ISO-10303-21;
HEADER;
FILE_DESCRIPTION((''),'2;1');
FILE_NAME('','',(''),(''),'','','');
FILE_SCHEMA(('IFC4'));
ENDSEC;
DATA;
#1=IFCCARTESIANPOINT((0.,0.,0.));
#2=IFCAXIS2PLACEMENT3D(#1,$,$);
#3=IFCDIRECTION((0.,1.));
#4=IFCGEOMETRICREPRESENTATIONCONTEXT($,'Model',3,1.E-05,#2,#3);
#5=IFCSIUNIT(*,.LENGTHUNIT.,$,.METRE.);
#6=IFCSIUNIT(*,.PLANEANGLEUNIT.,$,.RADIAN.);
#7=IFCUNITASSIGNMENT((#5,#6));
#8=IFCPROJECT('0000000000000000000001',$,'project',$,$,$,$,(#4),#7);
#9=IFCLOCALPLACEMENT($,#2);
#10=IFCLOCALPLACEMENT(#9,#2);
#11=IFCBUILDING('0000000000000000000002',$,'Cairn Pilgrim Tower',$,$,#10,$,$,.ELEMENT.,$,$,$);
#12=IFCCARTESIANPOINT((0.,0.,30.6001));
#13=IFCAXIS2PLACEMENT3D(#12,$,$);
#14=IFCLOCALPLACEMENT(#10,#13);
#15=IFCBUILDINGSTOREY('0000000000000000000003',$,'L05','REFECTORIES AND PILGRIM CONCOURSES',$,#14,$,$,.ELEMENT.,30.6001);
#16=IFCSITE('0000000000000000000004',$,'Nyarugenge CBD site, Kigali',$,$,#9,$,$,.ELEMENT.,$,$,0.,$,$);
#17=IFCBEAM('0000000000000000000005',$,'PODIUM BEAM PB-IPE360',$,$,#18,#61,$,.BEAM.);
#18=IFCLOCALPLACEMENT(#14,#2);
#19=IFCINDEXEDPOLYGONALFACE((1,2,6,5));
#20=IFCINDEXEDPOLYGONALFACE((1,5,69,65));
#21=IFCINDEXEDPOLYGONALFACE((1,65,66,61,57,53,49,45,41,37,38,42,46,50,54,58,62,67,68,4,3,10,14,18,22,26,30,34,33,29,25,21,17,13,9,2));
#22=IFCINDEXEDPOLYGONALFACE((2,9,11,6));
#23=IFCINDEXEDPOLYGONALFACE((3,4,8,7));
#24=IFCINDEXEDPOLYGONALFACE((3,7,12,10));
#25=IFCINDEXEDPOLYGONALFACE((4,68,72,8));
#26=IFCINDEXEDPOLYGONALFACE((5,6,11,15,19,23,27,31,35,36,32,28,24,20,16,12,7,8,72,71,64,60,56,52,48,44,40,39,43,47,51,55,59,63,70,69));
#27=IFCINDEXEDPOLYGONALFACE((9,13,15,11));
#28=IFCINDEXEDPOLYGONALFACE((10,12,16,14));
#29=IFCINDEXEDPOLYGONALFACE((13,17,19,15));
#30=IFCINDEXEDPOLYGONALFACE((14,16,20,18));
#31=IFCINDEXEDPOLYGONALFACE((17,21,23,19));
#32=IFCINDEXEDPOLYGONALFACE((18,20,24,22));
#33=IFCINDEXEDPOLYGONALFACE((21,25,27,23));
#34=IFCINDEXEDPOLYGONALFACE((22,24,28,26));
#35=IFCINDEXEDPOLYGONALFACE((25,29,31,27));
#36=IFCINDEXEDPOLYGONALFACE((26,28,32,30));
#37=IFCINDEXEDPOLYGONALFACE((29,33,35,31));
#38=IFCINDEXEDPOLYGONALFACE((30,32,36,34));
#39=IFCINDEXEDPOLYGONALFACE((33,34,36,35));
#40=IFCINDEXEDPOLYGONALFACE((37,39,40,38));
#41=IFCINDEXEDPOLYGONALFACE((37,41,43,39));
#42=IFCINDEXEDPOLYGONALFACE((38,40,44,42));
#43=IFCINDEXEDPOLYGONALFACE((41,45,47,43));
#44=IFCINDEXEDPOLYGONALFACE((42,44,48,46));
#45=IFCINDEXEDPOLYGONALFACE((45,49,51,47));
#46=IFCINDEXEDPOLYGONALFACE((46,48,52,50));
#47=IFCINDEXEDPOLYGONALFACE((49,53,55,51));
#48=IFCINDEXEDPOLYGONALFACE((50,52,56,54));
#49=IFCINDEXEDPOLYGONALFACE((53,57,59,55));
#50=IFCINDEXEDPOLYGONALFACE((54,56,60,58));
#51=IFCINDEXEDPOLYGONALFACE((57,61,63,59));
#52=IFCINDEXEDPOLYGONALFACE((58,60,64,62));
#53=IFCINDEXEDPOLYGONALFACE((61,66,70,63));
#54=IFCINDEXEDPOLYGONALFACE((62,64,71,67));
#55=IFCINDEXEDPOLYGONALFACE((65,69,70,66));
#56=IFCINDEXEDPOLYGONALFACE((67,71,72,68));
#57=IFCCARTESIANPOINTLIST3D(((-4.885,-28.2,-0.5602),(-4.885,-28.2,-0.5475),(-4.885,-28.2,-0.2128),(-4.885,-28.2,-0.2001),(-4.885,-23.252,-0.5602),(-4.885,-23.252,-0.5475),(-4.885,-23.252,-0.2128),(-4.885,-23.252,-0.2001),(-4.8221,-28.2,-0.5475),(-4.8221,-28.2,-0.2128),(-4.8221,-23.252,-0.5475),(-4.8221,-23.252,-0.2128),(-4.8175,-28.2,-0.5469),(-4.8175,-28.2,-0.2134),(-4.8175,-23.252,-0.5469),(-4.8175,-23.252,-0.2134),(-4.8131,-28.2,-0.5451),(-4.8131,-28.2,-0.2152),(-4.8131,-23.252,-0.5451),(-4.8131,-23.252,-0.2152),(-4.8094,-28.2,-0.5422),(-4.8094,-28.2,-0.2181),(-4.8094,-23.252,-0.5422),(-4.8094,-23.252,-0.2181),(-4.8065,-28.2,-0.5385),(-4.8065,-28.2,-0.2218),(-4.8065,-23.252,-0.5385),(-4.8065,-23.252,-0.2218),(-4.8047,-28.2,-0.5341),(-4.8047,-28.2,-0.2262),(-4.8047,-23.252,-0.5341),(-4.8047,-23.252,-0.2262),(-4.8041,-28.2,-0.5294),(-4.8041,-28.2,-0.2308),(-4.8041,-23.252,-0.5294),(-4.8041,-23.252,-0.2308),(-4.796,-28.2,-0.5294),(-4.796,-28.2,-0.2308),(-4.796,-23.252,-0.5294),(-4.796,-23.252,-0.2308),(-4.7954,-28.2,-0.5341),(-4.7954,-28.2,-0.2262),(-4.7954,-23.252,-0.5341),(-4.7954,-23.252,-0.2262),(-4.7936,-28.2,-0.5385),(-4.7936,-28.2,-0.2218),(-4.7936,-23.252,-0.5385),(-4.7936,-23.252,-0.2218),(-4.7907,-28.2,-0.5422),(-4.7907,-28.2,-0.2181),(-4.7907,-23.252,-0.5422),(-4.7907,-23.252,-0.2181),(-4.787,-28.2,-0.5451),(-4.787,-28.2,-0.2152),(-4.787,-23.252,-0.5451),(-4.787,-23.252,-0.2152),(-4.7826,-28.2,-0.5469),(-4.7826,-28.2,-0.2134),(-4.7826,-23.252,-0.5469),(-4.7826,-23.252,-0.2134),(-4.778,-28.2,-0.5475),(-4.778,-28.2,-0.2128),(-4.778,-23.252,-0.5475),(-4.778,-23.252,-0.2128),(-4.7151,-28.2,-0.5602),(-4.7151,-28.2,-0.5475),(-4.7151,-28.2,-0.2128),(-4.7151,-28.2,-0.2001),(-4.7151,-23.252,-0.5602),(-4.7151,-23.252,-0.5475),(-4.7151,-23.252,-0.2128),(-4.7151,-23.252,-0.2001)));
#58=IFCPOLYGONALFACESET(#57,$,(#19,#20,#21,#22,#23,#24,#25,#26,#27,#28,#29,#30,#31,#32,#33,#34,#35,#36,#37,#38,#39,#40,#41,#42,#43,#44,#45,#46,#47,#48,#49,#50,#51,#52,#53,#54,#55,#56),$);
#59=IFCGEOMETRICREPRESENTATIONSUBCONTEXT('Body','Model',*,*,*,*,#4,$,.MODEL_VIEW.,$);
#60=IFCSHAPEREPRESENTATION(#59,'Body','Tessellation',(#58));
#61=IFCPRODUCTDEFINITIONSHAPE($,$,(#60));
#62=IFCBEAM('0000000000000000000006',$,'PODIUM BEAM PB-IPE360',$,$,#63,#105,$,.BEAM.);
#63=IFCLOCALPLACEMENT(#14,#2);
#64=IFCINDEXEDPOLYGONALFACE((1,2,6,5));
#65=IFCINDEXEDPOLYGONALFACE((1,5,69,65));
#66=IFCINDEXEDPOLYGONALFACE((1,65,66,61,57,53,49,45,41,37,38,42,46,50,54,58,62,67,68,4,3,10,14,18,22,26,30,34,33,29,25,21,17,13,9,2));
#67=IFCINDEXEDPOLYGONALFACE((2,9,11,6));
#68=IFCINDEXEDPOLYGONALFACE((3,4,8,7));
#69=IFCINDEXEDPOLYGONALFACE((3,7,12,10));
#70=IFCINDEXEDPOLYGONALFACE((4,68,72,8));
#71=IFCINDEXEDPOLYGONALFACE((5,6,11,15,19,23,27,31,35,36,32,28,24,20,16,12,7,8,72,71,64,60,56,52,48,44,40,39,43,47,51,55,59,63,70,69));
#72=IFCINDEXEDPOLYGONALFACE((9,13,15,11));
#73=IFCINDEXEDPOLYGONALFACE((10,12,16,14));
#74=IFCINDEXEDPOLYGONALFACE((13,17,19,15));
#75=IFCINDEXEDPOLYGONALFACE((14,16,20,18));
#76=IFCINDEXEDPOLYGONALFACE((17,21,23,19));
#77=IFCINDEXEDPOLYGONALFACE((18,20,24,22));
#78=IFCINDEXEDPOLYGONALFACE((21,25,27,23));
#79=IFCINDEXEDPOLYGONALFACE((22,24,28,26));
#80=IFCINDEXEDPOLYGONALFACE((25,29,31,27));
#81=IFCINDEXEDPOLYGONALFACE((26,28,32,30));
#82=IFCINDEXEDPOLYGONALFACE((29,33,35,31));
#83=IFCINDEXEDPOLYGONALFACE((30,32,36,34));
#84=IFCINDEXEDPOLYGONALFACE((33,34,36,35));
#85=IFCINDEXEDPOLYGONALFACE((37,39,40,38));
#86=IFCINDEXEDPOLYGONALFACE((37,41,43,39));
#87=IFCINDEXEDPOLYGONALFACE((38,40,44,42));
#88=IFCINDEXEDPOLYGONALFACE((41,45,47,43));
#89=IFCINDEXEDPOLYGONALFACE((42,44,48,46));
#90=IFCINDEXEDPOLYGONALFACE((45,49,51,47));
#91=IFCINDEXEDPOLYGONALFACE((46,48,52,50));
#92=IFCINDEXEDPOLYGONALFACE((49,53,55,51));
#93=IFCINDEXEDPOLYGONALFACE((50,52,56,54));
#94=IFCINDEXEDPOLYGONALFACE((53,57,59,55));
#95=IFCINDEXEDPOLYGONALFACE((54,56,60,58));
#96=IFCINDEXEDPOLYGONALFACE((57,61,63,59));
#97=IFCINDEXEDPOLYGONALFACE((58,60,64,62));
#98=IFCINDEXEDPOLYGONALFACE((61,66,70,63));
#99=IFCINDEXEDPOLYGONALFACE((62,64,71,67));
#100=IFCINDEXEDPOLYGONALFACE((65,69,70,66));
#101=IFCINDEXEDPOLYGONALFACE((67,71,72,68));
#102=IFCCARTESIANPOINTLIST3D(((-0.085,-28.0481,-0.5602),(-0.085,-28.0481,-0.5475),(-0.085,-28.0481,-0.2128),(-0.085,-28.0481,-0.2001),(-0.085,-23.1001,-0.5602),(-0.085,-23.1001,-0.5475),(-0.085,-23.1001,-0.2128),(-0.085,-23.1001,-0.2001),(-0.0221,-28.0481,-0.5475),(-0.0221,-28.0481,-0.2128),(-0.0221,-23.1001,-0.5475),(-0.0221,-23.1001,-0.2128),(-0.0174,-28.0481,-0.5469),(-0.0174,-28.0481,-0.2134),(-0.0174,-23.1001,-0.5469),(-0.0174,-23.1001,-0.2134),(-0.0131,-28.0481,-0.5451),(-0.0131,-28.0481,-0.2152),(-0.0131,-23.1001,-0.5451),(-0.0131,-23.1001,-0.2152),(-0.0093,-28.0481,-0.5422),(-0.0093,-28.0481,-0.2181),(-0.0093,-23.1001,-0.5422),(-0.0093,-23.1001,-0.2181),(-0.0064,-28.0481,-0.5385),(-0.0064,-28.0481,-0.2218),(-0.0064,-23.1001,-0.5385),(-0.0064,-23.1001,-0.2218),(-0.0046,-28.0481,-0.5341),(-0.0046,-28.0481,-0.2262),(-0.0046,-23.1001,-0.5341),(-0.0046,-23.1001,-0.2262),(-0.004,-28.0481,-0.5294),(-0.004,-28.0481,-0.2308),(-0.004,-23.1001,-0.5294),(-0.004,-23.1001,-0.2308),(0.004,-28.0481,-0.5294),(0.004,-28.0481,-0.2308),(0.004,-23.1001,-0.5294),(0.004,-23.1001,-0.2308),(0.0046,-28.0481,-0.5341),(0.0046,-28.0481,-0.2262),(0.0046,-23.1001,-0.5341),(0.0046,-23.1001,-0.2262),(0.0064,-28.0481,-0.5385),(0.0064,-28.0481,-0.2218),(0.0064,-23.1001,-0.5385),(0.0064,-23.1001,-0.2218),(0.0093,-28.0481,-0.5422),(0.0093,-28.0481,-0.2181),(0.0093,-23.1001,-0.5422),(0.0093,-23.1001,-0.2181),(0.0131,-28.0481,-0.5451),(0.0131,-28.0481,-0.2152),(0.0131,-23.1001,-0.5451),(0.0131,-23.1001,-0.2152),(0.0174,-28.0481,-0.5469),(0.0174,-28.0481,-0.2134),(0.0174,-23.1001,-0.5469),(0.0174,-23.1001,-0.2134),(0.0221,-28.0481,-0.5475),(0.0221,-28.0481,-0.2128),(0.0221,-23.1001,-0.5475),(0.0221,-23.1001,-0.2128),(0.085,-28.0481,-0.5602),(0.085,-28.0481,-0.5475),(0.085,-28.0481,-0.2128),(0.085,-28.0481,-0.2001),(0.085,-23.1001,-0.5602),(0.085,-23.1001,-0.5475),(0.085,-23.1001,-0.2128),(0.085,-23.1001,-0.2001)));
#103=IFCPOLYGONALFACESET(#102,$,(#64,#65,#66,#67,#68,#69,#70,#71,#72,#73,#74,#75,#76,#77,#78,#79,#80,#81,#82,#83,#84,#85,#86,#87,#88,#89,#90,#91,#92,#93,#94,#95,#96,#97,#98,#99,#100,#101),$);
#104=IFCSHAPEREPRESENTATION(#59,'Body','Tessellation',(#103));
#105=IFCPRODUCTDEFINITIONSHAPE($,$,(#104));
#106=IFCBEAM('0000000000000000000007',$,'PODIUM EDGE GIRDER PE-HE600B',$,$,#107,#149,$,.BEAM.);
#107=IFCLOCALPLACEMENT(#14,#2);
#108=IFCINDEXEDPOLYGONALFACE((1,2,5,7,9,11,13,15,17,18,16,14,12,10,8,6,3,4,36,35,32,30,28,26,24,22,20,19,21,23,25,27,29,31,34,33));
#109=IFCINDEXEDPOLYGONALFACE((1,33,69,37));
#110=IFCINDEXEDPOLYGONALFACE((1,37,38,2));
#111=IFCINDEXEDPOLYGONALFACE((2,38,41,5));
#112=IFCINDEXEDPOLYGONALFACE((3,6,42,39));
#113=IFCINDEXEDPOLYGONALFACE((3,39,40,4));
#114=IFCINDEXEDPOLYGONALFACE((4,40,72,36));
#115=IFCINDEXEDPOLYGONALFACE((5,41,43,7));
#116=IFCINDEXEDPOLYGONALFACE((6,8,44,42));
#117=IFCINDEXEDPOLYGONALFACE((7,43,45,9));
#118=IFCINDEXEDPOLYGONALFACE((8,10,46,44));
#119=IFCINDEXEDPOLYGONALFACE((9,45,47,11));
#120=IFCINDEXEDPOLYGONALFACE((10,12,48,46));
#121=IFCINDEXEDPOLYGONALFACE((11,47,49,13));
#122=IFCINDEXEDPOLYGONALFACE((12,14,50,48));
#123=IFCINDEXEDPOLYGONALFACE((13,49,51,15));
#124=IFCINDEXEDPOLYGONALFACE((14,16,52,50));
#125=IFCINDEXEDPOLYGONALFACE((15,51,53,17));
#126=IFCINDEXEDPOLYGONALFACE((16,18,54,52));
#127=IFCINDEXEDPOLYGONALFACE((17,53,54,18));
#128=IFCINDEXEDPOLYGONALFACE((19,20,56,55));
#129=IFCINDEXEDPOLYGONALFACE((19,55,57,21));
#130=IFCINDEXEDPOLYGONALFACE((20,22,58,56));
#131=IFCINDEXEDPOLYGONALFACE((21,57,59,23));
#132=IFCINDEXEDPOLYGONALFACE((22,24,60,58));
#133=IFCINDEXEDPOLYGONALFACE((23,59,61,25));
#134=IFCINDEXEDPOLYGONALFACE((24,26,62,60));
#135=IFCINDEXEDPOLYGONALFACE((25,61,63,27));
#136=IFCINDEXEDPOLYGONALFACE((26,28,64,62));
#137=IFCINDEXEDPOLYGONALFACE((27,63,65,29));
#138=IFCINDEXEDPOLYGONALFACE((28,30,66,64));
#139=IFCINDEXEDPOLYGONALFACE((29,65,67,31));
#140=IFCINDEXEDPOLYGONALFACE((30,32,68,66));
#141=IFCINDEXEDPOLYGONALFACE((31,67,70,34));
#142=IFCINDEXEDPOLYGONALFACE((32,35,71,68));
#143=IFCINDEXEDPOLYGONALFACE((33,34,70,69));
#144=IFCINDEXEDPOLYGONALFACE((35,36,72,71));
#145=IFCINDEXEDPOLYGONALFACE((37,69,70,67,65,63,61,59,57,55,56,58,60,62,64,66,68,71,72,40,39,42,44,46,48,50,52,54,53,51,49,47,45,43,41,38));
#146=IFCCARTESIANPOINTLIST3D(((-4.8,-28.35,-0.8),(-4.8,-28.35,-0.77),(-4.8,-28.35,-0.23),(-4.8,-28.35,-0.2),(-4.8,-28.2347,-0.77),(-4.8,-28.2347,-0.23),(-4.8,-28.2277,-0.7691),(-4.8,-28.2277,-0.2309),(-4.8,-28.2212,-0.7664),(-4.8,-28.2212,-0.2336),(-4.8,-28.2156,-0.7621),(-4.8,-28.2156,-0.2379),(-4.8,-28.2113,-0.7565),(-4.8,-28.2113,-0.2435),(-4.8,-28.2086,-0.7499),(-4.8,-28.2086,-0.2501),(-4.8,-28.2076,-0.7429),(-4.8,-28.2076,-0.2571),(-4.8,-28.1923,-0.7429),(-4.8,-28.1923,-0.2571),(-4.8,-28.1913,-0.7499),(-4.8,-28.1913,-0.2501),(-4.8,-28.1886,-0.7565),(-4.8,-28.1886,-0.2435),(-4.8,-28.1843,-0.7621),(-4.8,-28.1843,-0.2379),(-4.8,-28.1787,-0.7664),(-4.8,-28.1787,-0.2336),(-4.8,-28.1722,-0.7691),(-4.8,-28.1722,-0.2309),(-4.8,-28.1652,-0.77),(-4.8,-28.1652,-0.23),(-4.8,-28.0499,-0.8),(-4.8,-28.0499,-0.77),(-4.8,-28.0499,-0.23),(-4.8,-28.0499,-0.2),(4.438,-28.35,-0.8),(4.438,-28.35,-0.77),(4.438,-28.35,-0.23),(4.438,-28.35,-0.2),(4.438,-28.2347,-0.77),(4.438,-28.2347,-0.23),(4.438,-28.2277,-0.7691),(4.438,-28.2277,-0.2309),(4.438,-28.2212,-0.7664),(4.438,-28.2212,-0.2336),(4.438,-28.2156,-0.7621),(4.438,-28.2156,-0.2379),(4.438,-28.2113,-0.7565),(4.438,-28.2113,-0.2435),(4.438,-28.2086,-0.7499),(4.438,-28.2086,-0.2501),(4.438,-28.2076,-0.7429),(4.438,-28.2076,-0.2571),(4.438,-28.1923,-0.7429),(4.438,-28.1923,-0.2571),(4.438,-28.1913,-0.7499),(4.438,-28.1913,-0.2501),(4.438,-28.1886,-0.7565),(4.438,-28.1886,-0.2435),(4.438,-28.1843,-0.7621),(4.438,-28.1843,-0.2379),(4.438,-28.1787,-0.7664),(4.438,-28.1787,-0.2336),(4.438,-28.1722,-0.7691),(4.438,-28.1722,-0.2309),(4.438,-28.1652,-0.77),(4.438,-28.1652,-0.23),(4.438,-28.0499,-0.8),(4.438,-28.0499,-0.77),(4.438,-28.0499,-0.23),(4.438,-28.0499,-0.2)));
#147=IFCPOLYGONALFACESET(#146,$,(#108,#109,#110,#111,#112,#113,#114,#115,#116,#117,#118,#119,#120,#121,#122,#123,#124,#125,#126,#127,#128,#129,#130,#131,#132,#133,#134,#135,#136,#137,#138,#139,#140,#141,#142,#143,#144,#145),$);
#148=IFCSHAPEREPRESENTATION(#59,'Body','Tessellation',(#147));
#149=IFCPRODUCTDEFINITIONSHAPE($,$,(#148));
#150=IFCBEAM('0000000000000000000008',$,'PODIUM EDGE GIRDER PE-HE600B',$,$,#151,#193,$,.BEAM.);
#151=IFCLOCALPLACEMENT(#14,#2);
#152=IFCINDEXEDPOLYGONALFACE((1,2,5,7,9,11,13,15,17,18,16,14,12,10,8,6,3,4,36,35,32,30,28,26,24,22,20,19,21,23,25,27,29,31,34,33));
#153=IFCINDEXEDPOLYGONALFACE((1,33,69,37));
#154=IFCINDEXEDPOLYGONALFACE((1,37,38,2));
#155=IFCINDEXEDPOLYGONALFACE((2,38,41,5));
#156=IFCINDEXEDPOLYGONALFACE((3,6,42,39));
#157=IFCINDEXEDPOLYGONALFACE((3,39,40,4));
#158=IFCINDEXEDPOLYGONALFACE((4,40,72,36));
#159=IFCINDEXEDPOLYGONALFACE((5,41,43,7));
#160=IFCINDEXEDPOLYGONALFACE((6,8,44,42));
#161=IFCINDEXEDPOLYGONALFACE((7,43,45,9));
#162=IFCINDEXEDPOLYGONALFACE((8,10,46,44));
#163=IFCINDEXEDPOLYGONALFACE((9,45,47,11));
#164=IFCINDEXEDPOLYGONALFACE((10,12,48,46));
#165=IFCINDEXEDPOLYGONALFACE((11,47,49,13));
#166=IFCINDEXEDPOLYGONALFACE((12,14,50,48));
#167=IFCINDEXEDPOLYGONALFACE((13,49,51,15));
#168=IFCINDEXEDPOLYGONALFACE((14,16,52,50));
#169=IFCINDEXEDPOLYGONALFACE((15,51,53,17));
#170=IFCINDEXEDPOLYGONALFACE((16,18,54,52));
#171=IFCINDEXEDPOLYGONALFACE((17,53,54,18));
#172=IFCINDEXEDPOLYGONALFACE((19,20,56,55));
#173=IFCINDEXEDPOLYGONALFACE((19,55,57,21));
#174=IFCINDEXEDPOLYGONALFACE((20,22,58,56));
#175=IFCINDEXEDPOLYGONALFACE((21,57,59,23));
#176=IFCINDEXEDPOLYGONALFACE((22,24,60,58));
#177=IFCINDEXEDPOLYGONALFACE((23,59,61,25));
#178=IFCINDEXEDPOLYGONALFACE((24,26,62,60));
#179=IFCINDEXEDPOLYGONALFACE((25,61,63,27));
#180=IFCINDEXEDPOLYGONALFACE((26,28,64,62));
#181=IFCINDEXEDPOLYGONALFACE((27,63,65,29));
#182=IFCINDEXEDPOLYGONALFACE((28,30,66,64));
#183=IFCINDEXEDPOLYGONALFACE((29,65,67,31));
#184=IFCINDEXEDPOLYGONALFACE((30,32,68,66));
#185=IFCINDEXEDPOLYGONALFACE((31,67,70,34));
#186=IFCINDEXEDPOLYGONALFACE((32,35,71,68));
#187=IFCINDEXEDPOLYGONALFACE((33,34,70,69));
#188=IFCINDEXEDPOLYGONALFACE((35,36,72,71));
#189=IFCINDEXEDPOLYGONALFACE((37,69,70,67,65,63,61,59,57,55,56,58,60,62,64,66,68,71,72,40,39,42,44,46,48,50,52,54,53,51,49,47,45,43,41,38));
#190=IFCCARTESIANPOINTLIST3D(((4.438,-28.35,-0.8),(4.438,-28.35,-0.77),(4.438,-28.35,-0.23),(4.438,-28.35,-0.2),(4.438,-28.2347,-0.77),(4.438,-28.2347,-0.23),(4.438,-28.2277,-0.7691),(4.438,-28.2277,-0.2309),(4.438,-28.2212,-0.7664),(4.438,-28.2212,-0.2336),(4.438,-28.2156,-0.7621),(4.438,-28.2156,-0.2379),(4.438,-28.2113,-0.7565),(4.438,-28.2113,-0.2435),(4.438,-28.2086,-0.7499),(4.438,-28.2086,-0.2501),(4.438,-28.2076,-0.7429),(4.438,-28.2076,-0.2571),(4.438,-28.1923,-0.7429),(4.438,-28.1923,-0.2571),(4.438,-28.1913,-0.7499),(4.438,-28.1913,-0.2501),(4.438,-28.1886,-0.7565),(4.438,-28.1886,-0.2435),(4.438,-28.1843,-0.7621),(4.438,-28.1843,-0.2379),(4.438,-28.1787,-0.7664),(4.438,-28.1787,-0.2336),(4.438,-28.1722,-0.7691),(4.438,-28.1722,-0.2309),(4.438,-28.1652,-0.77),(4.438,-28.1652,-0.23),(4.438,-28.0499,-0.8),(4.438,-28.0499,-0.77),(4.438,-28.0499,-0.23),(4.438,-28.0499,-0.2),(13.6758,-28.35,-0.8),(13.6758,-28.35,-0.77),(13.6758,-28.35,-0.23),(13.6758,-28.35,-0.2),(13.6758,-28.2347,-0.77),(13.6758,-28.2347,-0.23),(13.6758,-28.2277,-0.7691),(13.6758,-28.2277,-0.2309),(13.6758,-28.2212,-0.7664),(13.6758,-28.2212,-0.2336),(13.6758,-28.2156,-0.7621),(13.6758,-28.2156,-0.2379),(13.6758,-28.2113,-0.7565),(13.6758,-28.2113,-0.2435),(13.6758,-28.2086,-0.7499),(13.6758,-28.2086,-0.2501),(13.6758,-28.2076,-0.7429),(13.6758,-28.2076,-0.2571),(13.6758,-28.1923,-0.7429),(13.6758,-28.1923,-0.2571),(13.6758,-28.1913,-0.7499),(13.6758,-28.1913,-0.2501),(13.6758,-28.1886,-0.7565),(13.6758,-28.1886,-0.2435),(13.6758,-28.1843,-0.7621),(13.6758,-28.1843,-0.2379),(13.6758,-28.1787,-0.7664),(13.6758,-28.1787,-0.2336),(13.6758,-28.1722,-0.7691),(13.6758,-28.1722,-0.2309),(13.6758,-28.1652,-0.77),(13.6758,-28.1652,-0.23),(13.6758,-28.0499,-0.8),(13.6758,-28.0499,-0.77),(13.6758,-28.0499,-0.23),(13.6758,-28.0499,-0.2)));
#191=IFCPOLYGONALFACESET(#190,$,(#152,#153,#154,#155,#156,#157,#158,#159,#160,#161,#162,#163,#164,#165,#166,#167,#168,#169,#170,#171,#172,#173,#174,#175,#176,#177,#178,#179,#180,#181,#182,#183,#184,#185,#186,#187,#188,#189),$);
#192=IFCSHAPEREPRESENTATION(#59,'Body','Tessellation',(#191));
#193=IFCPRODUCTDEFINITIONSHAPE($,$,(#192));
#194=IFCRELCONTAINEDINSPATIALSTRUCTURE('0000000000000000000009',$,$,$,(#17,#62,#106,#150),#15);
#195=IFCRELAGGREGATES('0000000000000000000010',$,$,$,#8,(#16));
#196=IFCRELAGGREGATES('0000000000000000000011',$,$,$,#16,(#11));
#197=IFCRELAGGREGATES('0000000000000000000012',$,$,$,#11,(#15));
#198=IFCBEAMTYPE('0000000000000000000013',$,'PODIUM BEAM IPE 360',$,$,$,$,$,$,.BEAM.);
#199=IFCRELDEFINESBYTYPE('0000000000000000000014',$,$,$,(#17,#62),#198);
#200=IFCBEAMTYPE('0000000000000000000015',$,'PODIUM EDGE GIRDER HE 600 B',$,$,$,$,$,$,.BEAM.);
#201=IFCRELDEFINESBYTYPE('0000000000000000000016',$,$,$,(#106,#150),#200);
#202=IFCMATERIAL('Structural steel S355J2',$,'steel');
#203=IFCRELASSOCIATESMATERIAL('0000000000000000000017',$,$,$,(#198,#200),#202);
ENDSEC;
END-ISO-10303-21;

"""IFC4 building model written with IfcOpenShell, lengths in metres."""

from ifc_helpers import new_model, si_unit, direction, frame, origin, origin_2d, place, context, subcontext, project, spatial, i_section, extrude, material, material_profile, profile_set, type_object, element, save


model = new_model("IFC4")

# Units and contexts
model_context = context("Model", 3, precision=1e-05, world=origin(), true_north=direction((0.0, 1.0)))
body_context = subcontext(model_context, "Body", "Model", "MODEL_VIEW")
ifc_project = project(units=[si_unit("LENGTHUNIT", "METRE"), si_unit("PLANEANGLEUNIT", "RADIAN")], contexts=[model_context])

# Site, building, storey
site_placement = place(None, origin())
site = spatial("IfcSite", under=ifc_project, at=site_placement, Name="Nyarugenge CBD site, Kigali", CompositionType="ELEMENT", RefElevation=0.0)
building_placement = place(site_placement, origin())
building = spatial("IfcBuilding", under=site, at=building_placement, Name="Cairn Pilgrim Tower", CompositionType="ELEMENT")
storey_placement = place(building_placement, frame((0.0, 0.0, 30.6001)))
storey = spatial("IfcBuildingStorey", under=building, at=storey_placement, Name="L05", Description="REFECTORIES AND PILGRIM CONCOURSES", CompositionType="ELEMENT", Elevation=30.6001)

# Beams
ifc_material_1 = material(Name="Structural steel S355J2", Category="steel")
ifc_material_profile_1 = material_profile(ifc_material_1, i_section(OverallWidth=0.1699, OverallDepth=0.3601, WebThickness=0.0081, FlangeThickness=0.0127, FilletRadius=0.0181, at=origin_2d()), Name="IPE 360")
ifc_profile_set_1 = profile_set([ifc_material_profile_1], Name="Structural steel S355J2")
beam_type_1 = type_object("IfcBeamType", Name="PODIUM BEAM IPE 360", PredefinedType="BEAM", material=ifc_profile_set_1)
for number, where, z_axis, x_axis, name in (
    (1, (-4.8, -28.2, -0.3801), (0.0, 1.0, 0.0), (-1.0, 0.0, 0.0), "PODIUM BEAM PB-IPE360"),
    (2, (0.0, -28.0481, -0.3801), (0.0, 1.0, 0.0), (-1.0, 0.0, 0.0), "PODIUM BEAM PB-IPE360"),
):
    element("IfcBeam", number, at=place(storey_placement, frame(where, z_axis=z_axis, x_axis=x_axis)), inside=storey, type_object=beam_type_1, Name=name, PredefinedType="BEAM", context=body_context, shape_type="SweptSolid", body=[
        extrude(i_section(OverallWidth=0.1699, OverallDepth=0.3601, WebThickness=0.0081, FlangeThickness=0.0127, FilletRadius=0.0181, at=origin_2d()), origin(), (0.0, 0.0, 1.0), 4.948),
    ])
ifc_material_profile_2 = material_profile(ifc_material_1, i_section(OverallWidth=0.3, OverallDepth=0.6001, WebThickness=0.0154, FlangeThickness=0.03, FilletRadius=0.0271, at=origin_2d()), Name="HEB 600")
ifc_profile_set_2 = profile_set([ifc_material_profile_2], Name="Structural steel S355J2")
beam_type_2 = type_object("IfcBeamType", Name="PODIUM EDGE GIRDER HE 600 B", PredefinedType="BEAM", material=ifc_profile_set_2)
beam_1_placement = place(storey_placement, frame((-4.8, -28.2, -0.5), z_axis=(1.0, 0.0, 0.0), x_axis=(0.0, 1.0, 0.0)))
element("IfcBeam", 3, at=beam_1_placement, inside=storey, type_object=beam_type_2, Name="PODIUM EDGE GIRDER PE-HE600B", PredefinedType="BEAM", context=body_context, shape_type="SweptSolid", body=[
    extrude(i_section(OverallWidth=0.3, OverallDepth=0.6001, WebThickness=0.0154, FlangeThickness=0.03, FilletRadius=0.0271, at=origin_2d()), origin(), (0.0, 0.0, 1.0), 9.238),
])
beam_2_placement = place(storey_placement, frame((4.438, -28.2, -0.5), z_axis=(1.0, 0.0, 0.0), x_axis=(0.0, 1.0, 0.0)))
element("IfcBeam", 4, at=beam_2_placement, inside=storey, type_object=beam_type_2, Name="PODIUM EDGE GIRDER PE-HE600B", PredefinedType="BEAM", context=body_context, shape_type="SweptSolid", body=[
    extrude(i_section(OverallWidth=0.3, OverallDepth=0.6001, WebThickness=0.0154, FlangeThickness=0.03, FilletRadius=0.0271, at=origin_2d()), origin(), (0.0, 0.0, 1.0), 9.2378),
])

save(model, "model.ifc")
